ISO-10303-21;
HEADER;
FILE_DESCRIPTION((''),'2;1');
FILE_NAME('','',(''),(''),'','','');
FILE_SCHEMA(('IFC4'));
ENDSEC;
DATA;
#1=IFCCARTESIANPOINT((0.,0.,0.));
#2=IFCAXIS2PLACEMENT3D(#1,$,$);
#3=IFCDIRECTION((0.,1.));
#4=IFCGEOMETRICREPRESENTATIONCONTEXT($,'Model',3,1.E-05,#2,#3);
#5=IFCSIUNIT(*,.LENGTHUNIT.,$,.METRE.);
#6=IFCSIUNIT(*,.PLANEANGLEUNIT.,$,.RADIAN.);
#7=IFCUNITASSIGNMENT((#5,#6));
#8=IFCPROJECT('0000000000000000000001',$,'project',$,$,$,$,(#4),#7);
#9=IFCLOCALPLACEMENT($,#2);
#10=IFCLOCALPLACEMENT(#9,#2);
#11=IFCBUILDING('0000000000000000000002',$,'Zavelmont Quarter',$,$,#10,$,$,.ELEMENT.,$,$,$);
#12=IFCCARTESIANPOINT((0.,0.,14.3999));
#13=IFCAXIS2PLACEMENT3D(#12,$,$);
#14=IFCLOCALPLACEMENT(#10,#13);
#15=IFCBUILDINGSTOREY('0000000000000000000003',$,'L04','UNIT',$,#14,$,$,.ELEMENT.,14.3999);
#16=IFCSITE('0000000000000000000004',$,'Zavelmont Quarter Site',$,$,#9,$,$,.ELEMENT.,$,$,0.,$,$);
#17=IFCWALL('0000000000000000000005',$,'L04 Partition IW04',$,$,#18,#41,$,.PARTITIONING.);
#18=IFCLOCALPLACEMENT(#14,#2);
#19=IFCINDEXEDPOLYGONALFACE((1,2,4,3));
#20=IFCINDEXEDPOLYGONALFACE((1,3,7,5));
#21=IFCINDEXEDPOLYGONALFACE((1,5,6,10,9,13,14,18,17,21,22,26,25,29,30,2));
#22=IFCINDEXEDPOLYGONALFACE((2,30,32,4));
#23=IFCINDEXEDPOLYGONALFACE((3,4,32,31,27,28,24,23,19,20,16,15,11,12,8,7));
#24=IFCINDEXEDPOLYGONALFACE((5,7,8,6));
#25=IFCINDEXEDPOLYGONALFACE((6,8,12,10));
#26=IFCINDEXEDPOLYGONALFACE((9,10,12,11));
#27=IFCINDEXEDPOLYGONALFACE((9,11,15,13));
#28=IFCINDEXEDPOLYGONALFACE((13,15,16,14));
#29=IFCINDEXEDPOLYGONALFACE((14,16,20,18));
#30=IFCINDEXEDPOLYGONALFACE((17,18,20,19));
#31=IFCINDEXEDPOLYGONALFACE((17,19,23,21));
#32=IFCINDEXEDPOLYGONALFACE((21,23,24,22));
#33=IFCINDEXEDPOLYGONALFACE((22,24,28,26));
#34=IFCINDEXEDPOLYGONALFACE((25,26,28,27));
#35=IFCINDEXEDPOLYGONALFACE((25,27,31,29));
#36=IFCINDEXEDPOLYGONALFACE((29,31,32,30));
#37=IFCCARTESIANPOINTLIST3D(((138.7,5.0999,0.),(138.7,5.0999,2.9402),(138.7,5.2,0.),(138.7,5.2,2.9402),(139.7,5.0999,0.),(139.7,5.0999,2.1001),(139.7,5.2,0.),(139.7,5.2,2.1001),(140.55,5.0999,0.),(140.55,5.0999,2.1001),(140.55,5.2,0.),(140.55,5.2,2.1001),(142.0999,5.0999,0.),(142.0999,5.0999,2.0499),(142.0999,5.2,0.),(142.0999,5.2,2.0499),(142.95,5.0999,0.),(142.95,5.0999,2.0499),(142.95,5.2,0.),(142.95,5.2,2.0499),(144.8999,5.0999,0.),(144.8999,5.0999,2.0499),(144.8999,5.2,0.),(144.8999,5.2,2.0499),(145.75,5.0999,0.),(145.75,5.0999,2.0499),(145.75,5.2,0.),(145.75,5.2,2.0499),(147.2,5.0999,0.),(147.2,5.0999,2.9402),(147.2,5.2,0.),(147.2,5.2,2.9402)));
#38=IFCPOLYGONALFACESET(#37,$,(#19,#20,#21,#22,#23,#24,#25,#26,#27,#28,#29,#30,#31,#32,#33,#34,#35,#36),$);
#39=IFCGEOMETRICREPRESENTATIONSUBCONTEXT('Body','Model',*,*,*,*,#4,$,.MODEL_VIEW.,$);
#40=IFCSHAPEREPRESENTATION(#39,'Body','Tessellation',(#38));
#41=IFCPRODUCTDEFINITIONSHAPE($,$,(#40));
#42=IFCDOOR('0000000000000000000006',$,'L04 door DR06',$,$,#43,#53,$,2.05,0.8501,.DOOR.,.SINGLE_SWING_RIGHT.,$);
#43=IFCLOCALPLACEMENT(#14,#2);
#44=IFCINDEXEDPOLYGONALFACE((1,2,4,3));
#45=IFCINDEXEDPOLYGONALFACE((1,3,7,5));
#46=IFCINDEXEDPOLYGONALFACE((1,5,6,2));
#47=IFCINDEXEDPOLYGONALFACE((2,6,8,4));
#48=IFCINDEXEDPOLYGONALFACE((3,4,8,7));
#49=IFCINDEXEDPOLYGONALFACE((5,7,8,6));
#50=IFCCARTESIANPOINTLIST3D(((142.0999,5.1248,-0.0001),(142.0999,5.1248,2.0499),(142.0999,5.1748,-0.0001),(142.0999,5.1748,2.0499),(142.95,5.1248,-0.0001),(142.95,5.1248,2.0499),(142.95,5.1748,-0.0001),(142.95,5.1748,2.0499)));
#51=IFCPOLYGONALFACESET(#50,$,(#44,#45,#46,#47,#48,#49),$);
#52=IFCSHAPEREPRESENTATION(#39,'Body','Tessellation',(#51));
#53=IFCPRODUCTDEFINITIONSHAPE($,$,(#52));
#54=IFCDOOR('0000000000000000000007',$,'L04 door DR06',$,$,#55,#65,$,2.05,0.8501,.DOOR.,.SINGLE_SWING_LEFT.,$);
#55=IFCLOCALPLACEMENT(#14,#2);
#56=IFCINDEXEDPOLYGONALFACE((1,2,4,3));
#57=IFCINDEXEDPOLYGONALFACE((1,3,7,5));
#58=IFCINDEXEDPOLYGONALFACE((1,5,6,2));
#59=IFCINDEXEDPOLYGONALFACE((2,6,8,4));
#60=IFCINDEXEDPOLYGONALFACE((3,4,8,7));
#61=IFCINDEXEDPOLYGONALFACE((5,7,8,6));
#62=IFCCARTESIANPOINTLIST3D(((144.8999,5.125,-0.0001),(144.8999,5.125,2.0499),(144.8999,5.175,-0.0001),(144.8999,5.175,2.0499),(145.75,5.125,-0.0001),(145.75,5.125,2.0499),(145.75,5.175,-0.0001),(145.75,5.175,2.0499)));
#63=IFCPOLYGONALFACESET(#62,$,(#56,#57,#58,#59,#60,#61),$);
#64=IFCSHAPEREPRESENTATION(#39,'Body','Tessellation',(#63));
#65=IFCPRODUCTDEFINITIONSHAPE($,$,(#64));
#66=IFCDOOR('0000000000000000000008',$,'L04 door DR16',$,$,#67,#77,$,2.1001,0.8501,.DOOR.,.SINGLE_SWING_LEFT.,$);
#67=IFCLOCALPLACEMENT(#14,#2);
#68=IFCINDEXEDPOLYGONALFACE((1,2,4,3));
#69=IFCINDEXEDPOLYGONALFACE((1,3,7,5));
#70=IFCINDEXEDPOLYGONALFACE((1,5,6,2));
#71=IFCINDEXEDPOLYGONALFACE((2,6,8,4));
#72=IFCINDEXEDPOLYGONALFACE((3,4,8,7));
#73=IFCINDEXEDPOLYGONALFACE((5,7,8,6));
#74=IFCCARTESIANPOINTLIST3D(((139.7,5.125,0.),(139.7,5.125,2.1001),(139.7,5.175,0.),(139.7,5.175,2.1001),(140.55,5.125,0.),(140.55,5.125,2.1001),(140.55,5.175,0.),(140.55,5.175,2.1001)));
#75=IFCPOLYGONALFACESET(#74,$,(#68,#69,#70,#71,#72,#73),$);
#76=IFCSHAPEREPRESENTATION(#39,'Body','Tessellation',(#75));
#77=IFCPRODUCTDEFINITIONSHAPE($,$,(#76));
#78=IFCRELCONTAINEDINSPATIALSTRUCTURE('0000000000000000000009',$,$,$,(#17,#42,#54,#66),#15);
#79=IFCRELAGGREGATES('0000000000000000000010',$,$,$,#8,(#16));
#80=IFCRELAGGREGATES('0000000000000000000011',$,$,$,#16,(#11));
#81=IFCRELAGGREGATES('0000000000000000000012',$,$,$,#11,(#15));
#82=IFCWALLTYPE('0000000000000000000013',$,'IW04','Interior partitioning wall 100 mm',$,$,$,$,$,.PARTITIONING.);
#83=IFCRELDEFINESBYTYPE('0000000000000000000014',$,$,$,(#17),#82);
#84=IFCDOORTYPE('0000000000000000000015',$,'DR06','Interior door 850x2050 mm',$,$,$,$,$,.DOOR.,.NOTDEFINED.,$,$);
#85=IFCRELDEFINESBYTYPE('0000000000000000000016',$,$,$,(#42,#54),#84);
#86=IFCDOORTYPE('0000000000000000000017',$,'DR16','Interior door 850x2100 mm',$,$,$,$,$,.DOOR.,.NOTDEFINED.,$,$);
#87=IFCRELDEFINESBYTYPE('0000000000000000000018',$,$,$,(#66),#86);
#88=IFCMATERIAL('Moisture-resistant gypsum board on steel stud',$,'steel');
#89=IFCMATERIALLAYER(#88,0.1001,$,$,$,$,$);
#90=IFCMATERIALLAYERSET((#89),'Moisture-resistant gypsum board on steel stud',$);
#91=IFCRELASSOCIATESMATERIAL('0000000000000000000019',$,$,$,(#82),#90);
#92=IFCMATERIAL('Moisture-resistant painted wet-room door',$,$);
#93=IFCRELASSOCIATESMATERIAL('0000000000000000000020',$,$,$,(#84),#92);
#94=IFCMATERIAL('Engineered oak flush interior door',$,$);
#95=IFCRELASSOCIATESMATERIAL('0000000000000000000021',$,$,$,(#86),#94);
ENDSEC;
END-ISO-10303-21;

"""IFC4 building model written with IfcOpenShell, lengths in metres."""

from ifc_helpers import new_model, si_unit, direction, frame, frame_2d, origin, origin_with_axes, place, context, subcontext, project, spatial, rectangle, extrude, material, layer, layer_set, type_object, element, fill, save


model = new_model("IFC4")

# Units and contexts
model_context = context("Model", 3, precision=1e-05, world=origin(), true_north=direction((0.0, 1.0)))
body_context = subcontext(model_context, "Body", "Model", "MODEL_VIEW")
ifc_project = project(units=[si_unit("LENGTHUNIT", "METRE"), si_unit("PLANEANGLEUNIT", "RADIAN")], contexts=[model_context])

# Site, building, storey
site_placement = place(None, origin())
site = spatial("IfcSite", under=ifc_project, at=site_placement, Name="Zavelmont Quarter Site", CompositionType="ELEMENT", RefElevation=0.0)
building_placement = place(site_placement, origin())
building = spatial("IfcBuilding", under=site, at=building_placement, Name="Zavelmont Quarter", CompositionType="ELEMENT")
storey_placement = place(building_placement, frame((0.0, 0.0, 14.3999)))
storey = spatial("IfcBuildingStorey", under=building, at=storey_placement, Name="L04", Description="UNIT", CompositionType="ELEMENT", Elevation=14.3999)

# Shared definitions
ifc_material_1 = material(Name="Engineered oak flush interior door")

# Wall, openings, doors
ifc_material_2 = material(Name="Moisture-resistant gypsum board on steel stud", Category="steel")
ifc_layer_1 = layer(ifc_material_2, 0.1001)
ifc_layer_set_1 = layer_set([ifc_layer_1], Name="Moisture-resistant gypsum board on steel stud")
wall_type_1 = type_object("IfcWallType", Name="IW04", Description="Interior partitioning wall 100 mm", PredefinedType="PARTITIONING", material=ifc_layer_set_1)
wall_1_placement = place(storey_placement, frame((138.7, 5.1499, 0.0), z_axis=(0.0, 0.0, 1.0), x_axis=(1.0, 0.0, 0.0)))
wall_1 = element("IfcWall", 1, at=wall_1_placement, inside=storey, type_object=wall_type_1, Name="L04 Partition IW04", PredefinedType="PARTITIONING", context=body_context, shape_type="SweptSolid", body=[
    extrude(rectangle(XDim=8.5, YDim=0.1001, at=frame_2d((4.25, 0.0))), origin(), (0.0, 0.0, 1.0), 2.9402),
])
opening_1_placement = place(wall_1_placement, frame((1.0, 0.0, 0.0)))
opening_1 = element("IfcOpeningElement", 2, at=opening_1_placement, cuts=wall_1, PredefinedType="OPENING", context=body_context, shape_type="SweptSolid", body=[
    extrude(rectangle(XDim=0.8501, YDim=2.1001, at=frame_2d((0.425, 1.05))), frame((0.0, 0.062, 0.0), z_axis=(0.0, -1.0, 0.0), x_axis=(1.0, 0.0, 0.0)), (0.0, 0.0, 1.0), 0.124),
])
opening_2_placement = place(wall_1_placement, frame((3.3999, 0.0, 0.0)))
opening_2 = element("IfcOpeningElement", 3, at=opening_2_placement, cuts=wall_1, PredefinedType="OPENING", context=body_context, shape_type="SweptSolid", body=[
    extrude(rectangle(XDim=0.8501, YDim=2.05, at=frame_2d((0.425, 1.0249))), frame((0.0, 0.062, 0.0), z_axis=(0.0, -1.0, 0.0), x_axis=(1.0, 0.0, 0.0)), (0.0, 0.0, 1.0), 0.124),
])
opening_3_placement = place(wall_1_placement, frame((6.2, 0.0, 0.0)))
opening_3 = element("IfcOpeningElement", 4, at=opening_3_placement, cuts=wall_1, PredefinedType="OPENING", context=body_context, shape_type="SweptSolid", body=[
    extrude(rectangle(XDim=0.8501, YDim=2.05, at=frame_2d((0.425, 1.0249))), frame((0.0, 0.062, 0.0), z_axis=(0.0, -1.0, 0.0), x_axis=(1.0, 0.0, 0.0)), (0.0, 0.0, 1.0), 0.124),
])
ifc_material_3 = material(Name="Moisture-resistant painted wet-room door")
door_type_1 = type_object("IfcDoorType", Name="DR06", Description="Interior door 850x2050 mm", OperationType="NOTDEFINED", PredefinedType="DOOR", material=ifc_material_3)
door_1_placement = place(opening_2_placement, origin_with_axes())
door_1 = element("IfcDoor", 5, at=door_1_placement, inside=storey, type_object=door_type_1, Name="L04 door DR06", OperationType="SINGLE_SWING_RIGHT", OverallHeight=2.05, OverallWidth=0.8501, PredefinedType="DOOR", context=body_context, shape_type="SweptSolid", body=[
    extrude(rectangle(XDim=0.8501, YDim=2.05, at=frame_2d((0.425, 1.0249))), frame((0.0, 0.0249, 0.0), z_axis=(0.0, -1.0, 0.0), x_axis=(1.0, 0.0, 0.0)), (0.0, 0.0, 1.0), 0.05),
])
fill(opening_2, door_1)
door_2_placement = place(opening_3_placement, frame((0.8501, 0.0, 0.0), z_axis=(0.0, 0.0, 1.0), x_axis=(-1.0, 0.0, 0.0)))
door_2 = element("IfcDoor", 6, at=door_2_placement, inside=storey, type_object=door_type_1, Name="L04 door DR06", OperationType="SINGLE_SWING_LEFT", OverallHeight=2.05, OverallWidth=0.8501, PredefinedType="DOOR", context=body_context, shape_type="SweptSolid", body=[
    extrude(rectangle(XDim=0.8501, YDim=2.05, at=frame_2d((0.425, 1.0249))), frame((0.0, 0.0249, 0.0), z_axis=(0.0, -1.0, 0.0), x_axis=(1.0, 0.0, 0.0)), (0.0, 0.0, 1.0), 0.05),
])
fill(opening_3, door_2)
door_type_2 = type_object("IfcDoorType", Name="DR16", Description="Interior door 850x2100 mm", OperationType="NOTDEFINED", PredefinedType="DOOR", material=ifc_material_1)
door_3_placement = place(opening_1_placement, frame((0.8501, 0.0, 0.0), z_axis=(0.0, 0.0, 1.0), x_axis=(-1.0, 0.0, 0.0)))
door_3 = element("IfcDoor", 7, at=door_3_placement, inside=storey, type_object=door_type_2, Name="L04 door DR16", OperationType="SINGLE_SWING_LEFT", OverallHeight=2.1001, OverallWidth=0.8501, PredefinedType="DOOR", context=body_context, shape_type="SweptSolid", body=[
    extrude(rectangle(XDim=0.8501, YDim=2.1001, at=frame_2d((0.425, 1.05))), frame((0.0, 0.0249, 0.0), z_axis=(0.0, -1.0, 0.0), x_axis=(1.0, 0.0, 0.0)), (0.0, 0.0, 1.0), 0.05),
])
fill(opening_1, door_3)

save(model, "model.ifc")
